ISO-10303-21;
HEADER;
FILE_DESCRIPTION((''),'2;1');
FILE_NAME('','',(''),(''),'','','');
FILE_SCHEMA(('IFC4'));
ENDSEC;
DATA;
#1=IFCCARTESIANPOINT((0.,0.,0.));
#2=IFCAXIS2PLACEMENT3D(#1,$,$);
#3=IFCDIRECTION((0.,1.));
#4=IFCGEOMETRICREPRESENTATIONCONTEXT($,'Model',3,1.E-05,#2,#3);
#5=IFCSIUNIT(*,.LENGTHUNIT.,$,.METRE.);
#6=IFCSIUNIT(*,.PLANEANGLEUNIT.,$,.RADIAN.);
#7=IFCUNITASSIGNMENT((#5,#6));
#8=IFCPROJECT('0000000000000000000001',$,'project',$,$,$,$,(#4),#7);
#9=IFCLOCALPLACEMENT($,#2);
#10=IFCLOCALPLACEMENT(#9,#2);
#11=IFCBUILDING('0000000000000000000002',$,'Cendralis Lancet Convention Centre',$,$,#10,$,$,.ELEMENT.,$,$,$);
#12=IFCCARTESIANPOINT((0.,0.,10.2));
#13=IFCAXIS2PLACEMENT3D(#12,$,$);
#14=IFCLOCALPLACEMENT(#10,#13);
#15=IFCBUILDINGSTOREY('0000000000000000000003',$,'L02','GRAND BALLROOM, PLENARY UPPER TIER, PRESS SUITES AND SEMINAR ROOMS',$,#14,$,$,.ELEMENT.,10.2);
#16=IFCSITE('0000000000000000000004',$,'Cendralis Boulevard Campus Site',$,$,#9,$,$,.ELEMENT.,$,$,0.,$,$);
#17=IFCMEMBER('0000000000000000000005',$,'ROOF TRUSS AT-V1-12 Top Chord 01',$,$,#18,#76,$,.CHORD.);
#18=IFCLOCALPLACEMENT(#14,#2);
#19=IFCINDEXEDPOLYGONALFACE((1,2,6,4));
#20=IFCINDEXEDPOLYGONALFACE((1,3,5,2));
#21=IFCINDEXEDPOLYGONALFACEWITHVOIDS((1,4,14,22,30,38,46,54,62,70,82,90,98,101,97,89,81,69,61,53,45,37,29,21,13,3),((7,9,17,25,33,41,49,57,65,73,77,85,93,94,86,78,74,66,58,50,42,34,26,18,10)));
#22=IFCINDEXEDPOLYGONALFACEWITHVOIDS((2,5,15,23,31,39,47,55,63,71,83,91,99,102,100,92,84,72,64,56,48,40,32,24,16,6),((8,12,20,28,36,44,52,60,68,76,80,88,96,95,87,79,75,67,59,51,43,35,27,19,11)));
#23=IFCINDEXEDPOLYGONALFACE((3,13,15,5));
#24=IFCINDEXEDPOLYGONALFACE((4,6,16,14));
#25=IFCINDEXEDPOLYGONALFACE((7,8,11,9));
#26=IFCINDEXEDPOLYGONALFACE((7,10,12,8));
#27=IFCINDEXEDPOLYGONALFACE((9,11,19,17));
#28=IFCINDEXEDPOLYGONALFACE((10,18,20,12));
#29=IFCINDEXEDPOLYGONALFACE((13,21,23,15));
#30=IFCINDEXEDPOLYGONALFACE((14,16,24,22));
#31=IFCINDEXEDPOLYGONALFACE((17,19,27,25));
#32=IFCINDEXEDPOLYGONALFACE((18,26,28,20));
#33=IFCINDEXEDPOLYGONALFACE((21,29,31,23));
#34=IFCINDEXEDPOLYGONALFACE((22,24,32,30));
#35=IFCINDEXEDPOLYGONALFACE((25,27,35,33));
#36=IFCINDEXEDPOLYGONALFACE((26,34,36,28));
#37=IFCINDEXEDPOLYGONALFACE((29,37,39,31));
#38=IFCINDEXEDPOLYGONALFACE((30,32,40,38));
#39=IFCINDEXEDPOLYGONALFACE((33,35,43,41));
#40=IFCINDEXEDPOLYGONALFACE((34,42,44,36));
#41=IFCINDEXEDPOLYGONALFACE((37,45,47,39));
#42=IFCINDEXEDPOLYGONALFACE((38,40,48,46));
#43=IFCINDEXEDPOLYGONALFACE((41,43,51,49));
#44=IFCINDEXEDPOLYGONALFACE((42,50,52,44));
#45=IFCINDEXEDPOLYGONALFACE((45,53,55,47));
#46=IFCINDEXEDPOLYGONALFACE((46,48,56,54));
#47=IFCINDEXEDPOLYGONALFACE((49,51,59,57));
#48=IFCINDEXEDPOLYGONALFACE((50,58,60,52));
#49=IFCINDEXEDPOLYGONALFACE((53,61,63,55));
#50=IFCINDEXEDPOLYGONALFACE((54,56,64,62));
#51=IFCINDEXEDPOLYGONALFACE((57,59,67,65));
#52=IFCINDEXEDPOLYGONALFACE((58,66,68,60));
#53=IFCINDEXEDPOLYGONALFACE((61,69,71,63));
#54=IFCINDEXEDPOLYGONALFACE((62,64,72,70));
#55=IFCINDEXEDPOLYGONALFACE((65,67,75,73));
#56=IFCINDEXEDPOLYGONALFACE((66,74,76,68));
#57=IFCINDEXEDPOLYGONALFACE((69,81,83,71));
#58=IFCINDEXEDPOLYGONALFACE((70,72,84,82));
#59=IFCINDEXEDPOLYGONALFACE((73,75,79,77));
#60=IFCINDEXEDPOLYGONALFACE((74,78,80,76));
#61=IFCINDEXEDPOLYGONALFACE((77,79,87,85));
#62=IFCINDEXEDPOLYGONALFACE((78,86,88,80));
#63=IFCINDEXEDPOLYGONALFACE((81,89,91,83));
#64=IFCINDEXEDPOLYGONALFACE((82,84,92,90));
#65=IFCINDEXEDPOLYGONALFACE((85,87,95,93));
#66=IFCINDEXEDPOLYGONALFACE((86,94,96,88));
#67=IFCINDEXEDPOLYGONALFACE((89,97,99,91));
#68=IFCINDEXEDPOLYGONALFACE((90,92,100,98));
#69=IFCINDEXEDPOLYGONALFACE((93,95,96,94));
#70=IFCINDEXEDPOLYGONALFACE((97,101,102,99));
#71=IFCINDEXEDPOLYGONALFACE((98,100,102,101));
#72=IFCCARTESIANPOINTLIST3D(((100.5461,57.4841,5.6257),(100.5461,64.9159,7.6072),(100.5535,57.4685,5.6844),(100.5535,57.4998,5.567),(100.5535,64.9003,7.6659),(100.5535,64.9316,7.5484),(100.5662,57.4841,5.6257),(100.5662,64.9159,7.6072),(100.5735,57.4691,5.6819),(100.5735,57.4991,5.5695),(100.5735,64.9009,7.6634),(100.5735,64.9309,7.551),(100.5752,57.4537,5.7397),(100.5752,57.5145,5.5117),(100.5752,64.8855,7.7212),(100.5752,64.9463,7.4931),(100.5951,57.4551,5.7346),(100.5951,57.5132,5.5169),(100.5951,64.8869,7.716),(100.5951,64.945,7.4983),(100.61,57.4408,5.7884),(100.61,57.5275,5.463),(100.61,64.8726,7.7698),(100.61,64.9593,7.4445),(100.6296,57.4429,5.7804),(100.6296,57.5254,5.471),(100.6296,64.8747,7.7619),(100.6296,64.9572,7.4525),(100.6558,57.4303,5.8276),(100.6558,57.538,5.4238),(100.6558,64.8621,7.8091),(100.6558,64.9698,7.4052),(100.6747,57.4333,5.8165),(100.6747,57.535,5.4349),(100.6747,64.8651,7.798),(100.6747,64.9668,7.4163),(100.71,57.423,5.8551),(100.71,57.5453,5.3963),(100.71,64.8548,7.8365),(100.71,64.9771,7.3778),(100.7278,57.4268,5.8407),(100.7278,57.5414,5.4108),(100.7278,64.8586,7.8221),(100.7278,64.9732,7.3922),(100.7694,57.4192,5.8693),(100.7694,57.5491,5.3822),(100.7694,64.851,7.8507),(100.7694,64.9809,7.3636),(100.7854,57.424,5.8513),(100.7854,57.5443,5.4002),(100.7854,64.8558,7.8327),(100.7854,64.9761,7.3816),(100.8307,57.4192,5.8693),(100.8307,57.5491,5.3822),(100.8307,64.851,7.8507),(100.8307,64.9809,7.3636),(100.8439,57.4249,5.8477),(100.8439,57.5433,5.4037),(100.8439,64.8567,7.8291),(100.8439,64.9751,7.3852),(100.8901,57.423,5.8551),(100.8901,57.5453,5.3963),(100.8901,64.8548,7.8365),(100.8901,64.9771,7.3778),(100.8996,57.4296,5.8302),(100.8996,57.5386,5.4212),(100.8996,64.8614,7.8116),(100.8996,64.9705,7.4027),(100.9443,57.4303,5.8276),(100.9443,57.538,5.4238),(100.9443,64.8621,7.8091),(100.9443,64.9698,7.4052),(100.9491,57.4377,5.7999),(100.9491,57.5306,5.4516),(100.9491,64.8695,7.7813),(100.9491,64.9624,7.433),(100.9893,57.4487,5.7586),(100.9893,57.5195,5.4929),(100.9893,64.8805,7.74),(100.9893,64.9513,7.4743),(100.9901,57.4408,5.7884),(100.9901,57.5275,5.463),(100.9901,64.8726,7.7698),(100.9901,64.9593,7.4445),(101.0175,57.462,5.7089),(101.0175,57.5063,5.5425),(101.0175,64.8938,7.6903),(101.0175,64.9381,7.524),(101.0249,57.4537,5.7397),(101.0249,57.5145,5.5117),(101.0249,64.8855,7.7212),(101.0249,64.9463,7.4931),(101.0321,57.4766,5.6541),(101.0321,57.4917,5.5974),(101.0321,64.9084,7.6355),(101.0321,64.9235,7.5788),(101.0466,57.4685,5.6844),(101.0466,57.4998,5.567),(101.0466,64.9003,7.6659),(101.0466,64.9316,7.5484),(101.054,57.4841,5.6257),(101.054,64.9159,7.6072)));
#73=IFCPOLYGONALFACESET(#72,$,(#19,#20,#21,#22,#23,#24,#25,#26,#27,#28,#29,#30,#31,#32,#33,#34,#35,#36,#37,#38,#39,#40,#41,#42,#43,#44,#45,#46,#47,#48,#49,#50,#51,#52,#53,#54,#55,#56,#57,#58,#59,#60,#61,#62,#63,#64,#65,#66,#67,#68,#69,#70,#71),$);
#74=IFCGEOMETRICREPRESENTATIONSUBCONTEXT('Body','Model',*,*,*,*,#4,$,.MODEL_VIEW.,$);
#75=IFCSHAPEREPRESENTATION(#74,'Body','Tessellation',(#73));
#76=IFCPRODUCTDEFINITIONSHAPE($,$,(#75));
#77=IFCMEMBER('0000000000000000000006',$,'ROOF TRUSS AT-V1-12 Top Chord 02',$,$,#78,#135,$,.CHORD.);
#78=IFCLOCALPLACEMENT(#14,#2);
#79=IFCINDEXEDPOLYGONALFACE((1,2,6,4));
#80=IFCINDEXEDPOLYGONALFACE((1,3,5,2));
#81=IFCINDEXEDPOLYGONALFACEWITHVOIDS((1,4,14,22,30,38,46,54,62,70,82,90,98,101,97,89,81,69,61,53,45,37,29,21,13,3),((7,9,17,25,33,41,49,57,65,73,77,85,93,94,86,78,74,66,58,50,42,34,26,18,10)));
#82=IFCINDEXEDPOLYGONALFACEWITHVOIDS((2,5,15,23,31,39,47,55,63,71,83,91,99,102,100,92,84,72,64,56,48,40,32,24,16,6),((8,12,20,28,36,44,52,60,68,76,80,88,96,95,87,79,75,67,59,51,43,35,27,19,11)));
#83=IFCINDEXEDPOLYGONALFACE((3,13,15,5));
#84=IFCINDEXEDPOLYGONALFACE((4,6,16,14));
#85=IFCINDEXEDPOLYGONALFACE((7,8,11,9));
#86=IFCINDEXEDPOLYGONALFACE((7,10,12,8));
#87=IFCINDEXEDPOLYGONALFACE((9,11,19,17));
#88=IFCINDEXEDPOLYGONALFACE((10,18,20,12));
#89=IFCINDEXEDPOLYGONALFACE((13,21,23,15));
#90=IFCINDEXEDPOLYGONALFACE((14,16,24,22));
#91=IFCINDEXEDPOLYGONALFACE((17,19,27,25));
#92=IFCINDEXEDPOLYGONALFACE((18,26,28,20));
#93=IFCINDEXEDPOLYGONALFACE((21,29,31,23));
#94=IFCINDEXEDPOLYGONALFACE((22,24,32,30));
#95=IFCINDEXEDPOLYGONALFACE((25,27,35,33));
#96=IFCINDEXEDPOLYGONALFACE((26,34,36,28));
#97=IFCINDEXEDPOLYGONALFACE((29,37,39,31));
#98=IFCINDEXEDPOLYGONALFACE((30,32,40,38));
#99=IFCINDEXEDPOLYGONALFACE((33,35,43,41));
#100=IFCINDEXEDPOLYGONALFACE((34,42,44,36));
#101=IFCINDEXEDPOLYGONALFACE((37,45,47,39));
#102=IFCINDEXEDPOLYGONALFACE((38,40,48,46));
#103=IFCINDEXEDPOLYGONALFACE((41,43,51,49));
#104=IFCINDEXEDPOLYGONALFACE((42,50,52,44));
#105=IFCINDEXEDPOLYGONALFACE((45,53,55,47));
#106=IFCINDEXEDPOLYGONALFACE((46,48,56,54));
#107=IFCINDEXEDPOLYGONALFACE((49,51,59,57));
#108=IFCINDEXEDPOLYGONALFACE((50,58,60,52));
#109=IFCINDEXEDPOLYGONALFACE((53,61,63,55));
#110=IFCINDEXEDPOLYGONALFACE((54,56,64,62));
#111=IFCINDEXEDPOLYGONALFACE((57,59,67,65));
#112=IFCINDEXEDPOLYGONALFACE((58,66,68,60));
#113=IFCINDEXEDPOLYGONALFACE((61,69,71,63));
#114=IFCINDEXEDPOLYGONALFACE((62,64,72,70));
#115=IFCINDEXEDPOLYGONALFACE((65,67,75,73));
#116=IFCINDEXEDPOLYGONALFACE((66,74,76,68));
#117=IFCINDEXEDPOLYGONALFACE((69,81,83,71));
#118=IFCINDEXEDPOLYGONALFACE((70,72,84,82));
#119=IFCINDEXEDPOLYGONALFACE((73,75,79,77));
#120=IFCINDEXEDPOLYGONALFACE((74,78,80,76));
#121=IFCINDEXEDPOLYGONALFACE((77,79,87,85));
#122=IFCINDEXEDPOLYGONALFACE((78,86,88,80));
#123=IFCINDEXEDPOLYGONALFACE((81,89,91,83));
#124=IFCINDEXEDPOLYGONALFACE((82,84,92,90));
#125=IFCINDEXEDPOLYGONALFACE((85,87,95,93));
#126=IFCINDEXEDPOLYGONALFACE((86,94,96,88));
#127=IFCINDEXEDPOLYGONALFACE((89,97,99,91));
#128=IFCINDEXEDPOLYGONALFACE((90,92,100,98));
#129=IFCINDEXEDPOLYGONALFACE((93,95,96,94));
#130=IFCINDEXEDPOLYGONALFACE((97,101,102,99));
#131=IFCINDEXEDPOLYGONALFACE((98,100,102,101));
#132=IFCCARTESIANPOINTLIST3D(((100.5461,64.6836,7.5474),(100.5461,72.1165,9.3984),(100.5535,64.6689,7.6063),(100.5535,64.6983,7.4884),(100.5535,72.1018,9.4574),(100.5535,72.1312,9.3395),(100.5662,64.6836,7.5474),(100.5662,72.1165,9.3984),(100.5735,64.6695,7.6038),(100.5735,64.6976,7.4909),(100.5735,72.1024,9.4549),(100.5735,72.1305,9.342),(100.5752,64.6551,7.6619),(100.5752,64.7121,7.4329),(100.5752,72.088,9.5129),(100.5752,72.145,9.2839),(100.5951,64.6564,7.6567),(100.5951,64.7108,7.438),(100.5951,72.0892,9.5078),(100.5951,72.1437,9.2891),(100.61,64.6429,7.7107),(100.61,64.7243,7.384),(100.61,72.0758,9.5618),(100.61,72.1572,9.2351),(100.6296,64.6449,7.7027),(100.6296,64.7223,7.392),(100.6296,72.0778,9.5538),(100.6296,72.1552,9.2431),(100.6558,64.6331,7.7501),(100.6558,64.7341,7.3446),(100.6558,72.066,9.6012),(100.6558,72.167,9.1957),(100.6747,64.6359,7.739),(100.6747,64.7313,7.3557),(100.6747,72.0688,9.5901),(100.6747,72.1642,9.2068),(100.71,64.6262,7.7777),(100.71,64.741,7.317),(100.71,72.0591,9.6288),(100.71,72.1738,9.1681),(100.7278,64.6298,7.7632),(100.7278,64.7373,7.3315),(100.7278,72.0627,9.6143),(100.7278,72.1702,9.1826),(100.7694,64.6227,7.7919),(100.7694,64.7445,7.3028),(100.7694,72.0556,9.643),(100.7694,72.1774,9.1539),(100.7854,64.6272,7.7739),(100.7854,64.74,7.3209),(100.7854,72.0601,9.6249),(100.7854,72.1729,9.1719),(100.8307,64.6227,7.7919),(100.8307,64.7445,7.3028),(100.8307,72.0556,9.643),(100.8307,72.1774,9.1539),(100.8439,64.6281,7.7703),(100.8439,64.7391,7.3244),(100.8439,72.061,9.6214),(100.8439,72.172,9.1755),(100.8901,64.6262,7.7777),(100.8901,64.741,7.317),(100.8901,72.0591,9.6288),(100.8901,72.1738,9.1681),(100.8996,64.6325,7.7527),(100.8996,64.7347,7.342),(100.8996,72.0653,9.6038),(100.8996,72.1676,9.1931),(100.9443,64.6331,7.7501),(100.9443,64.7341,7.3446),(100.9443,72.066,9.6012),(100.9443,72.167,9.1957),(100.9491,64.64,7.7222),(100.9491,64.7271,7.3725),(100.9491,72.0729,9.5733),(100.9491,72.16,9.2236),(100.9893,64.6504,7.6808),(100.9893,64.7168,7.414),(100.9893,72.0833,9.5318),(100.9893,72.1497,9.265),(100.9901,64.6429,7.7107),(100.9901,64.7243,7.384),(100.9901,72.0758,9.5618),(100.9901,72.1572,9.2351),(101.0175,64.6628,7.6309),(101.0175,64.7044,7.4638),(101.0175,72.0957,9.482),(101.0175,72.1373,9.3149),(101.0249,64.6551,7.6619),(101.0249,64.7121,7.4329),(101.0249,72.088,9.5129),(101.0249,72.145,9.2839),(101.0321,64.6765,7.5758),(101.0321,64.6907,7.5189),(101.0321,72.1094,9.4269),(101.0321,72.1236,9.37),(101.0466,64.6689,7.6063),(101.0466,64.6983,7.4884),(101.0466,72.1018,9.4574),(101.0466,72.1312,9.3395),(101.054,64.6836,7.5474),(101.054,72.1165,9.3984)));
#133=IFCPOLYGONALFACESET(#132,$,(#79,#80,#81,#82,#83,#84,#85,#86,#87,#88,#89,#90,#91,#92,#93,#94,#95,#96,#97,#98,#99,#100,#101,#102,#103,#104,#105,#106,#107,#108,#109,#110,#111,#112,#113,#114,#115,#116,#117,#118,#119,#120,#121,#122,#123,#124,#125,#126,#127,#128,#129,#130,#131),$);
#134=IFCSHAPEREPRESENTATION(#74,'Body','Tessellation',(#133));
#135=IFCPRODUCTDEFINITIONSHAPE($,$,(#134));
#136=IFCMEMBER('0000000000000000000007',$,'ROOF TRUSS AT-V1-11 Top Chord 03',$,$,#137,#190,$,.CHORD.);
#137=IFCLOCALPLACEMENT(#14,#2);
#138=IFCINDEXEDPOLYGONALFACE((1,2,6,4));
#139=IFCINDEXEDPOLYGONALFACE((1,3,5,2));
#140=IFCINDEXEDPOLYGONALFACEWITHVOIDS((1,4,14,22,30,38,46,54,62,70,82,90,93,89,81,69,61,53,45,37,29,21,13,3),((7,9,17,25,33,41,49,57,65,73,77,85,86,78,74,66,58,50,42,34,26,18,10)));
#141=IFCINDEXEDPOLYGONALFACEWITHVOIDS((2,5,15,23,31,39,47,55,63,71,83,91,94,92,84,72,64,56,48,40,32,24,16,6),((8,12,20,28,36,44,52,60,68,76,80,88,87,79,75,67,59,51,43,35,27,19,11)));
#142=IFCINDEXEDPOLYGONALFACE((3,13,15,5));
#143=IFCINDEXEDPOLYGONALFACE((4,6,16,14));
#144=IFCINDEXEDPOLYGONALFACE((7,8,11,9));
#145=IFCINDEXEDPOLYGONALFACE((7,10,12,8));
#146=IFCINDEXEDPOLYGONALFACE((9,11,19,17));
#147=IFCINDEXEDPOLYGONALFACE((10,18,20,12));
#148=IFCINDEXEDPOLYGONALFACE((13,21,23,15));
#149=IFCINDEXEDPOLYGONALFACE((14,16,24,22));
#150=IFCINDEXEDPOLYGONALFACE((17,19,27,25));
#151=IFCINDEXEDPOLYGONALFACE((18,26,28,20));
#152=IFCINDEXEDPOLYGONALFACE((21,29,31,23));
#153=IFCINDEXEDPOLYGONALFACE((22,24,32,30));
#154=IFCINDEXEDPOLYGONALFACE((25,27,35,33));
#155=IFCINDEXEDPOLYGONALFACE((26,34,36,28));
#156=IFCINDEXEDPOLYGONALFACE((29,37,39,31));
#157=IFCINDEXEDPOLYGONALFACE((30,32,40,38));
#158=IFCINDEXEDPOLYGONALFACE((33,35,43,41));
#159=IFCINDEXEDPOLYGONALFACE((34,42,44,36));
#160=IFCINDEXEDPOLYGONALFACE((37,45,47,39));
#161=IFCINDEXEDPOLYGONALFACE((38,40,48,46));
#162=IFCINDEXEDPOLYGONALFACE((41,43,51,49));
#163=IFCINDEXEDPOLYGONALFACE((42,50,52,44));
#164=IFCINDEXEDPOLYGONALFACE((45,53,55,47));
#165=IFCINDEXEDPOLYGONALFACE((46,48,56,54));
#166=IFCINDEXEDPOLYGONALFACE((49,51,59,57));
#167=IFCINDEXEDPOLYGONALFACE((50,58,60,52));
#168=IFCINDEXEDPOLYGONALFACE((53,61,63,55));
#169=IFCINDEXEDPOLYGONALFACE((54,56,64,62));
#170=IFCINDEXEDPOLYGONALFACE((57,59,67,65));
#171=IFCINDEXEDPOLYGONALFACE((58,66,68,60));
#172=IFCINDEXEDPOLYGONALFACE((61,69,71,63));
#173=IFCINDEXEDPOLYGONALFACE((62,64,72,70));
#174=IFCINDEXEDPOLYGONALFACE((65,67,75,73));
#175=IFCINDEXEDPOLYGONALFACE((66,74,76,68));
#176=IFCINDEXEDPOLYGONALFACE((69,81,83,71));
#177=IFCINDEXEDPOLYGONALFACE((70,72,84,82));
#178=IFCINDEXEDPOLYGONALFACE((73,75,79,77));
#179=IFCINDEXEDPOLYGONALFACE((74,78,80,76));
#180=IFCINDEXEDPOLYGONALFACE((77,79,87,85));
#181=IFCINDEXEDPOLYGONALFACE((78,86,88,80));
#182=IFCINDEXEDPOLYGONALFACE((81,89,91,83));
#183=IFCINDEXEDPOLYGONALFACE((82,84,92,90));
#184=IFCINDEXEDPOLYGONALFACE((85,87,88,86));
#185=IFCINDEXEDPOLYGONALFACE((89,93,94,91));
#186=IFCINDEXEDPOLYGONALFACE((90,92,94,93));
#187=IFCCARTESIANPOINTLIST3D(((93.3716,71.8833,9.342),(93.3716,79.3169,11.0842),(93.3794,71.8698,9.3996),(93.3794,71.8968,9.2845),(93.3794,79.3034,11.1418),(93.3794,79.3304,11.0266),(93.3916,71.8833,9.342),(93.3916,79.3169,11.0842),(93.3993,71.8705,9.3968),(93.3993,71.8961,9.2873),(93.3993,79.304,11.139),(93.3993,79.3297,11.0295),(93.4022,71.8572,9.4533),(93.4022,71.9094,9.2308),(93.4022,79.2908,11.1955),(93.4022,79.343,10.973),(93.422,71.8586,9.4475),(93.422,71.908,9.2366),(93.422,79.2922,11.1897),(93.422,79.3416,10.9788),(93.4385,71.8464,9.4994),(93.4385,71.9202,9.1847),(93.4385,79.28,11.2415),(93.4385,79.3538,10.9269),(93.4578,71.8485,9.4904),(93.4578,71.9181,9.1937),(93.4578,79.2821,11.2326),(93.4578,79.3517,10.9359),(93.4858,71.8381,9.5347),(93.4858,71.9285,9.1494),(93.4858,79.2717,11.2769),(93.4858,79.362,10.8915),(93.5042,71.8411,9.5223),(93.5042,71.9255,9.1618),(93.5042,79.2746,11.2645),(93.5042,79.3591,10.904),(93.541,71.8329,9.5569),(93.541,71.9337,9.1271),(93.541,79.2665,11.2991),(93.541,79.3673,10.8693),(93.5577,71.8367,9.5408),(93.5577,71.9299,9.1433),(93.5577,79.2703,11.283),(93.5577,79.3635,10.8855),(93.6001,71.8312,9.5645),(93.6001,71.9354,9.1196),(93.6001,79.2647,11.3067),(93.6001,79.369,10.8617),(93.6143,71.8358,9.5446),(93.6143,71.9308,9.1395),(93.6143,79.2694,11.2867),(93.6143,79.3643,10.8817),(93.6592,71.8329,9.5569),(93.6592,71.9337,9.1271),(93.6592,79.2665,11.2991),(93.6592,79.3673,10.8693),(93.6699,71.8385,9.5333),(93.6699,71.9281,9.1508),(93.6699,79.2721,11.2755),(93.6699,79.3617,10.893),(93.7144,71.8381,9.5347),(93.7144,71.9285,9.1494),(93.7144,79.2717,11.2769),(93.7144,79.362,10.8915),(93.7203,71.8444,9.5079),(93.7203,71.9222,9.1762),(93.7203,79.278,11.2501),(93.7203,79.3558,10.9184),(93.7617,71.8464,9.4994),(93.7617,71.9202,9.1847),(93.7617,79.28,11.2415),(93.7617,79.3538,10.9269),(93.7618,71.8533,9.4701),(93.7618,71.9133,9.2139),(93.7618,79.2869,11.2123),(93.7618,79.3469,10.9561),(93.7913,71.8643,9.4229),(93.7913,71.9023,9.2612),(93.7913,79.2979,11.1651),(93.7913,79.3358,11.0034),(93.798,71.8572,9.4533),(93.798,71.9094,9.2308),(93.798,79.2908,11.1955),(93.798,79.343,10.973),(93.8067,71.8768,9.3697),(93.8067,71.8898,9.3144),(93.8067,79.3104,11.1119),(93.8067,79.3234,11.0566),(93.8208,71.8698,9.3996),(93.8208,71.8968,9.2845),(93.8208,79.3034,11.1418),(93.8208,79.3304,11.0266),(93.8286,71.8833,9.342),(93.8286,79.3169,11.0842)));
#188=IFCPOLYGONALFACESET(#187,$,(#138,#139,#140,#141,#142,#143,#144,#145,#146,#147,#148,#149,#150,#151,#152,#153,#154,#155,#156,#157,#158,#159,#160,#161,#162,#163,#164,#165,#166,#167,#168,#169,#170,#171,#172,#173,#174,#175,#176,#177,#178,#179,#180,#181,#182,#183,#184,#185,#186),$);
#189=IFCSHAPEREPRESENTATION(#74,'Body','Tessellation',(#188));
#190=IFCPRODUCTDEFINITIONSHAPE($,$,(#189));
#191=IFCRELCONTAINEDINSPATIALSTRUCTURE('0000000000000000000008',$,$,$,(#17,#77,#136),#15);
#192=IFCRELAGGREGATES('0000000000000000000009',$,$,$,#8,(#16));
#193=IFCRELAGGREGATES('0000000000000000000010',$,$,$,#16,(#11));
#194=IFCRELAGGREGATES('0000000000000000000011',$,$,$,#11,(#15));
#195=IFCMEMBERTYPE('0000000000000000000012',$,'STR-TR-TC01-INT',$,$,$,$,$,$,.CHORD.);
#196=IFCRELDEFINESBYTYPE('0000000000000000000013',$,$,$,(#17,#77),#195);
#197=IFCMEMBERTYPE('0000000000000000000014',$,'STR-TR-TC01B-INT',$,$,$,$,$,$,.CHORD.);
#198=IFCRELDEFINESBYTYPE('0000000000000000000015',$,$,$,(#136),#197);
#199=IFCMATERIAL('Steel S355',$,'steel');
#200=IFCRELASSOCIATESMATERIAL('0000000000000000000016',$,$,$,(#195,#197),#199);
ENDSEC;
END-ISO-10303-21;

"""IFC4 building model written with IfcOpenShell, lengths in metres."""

from ifc_helpers import new_model, si_unit, direction, frame, origin, origin_2d, place, context, subcontext, project, spatial, hollow_circle, extrude, material, material_profile, profile_set, type_object, element, save


model = new_model("IFC4")

# Units and contexts
model_context = context("Model", 3, precision=1e-05, world=origin(), true_north=direction((0.0, 1.0)))
body_context = subcontext(model_context, "Body", "Model", "MODEL_VIEW")
ifc_project = project(units=[si_unit("LENGTHUNIT", "METRE"), si_unit("PLANEANGLEUNIT", "RADIAN")], contexts=[model_context])

# Site, building, storey
site_placement = place(None, origin())
site = spatial("IfcSite", under=ifc_project, at=site_placement, Name="Cendralis Boulevard Campus Site", CompositionType="ELEMENT", RefElevation=0.0)
building_placement = place(site_placement, origin())
building = spatial("IfcBuilding", under=site, at=building_placement, Name="Cendralis Lancet Convention Centre", CompositionType="ELEMENT")
storey_placement = place(building_placement, frame((0.0, 0.0, 10.2)))
storey = spatial("IfcBuildingStorey", under=building, at=storey_placement, Name="L02", Description="GRAND BALLROOM, PLENARY UPPER TIER, PRESS SUITES AND SEMINAR ROOMS", CompositionType="ELEMENT", Elevation=10.2)

# Members
ifc_material = material(Name="Steel S355", Category="steel")
ifc_material_profile_1 = material_profile(ifc_material, hollow_circle(Radius=0.2539, WallThickness=0.02, at=origin_2d()), Name="CHS 508.0x20.0")
ifc_profile_set_1 = profile_set([ifc_material_profile_1], Name="Steel S355")
member_type_1 = type_object("IfcMemberType", Name="STR-TR-TC01-INT", PredefinedType="CHORD", material=ifc_profile_set_1)
member_1_placement = place(storey_placement, frame((100.8, 57.4841, 5.6257), z_axis=(0.0, 0.966248, 0.257615), x_axis=(-1.0, 0.0, 0.0)))
element("IfcMember", 1, at=member_1_placement, inside=storey, type_object=member_type_1, Name="ROOF TRUSS AT-V1-12 Top Chord 01", PredefinedType="CHORD", context=body_context, shape_type="SweptSolid", body=[
    extrude(hollow_circle(Radius=0.2539, WallThickness=0.02, at=origin_2d()), origin(), (0.0, 0.0, 1.0), 7.6914),
])
member_2_placement = place(storey_placement, frame((100.8, 64.6836, 7.5474), z_axis=(0.0, 0.970361, 0.241658), x_axis=(-1.0, 0.0, 0.0)))
element("IfcMember", 2, at=member_2_placement, inside=storey, type_object=member_type_1, Name="ROOF TRUSS AT-V1-12 Top Chord 02", PredefinedType="CHORD", context=body_context, shape_type="SweptSolid", body=[
    extrude(hollow_circle(Radius=0.2539, WallThickness=0.02, at=origin_2d()), origin(), (0.0, 0.0, 1.0), 7.6599),
])
ifc_material_profile_2 = material_profile(ifc_material, hollow_circle(Radius=0.2285, WallThickness=0.02, at=origin_2d()), Name="CHS 457.0x20.0")
ifc_profile_set_2 = profile_set([ifc_material_profile_2], Name="Steel S355")
member_type_2 = type_object("IfcMemberType", Name="STR-TR-TC01B-INT", PredefinedType="CHORD", material=ifc_profile_set_2)
for number, where, z_axis, x_axis, name in (
    (3, (93.6001, 71.8833, 9.342), (0.0, 0.973618, 0.228184), (-1.0, 0.0, 0.0), "ROOF TRUSS AT-V1-11 Top Chord 03"),
):
    element("IfcMember", number, at=place(storey_placement, frame(where, z_axis=z_axis, x_axis=x_axis)), inside=storey, type_object=member_type_2, Name=name, PredefinedType="CHORD", context=body_context, shape_type="SweptSolid", body=[
        extrude(hollow_circle(Radius=0.2285, WallThickness=0.02, at=origin_2d()), origin(), (0.0, 0.0, 1.0), 7.635),
    ])

save(model, "model.ifc")
